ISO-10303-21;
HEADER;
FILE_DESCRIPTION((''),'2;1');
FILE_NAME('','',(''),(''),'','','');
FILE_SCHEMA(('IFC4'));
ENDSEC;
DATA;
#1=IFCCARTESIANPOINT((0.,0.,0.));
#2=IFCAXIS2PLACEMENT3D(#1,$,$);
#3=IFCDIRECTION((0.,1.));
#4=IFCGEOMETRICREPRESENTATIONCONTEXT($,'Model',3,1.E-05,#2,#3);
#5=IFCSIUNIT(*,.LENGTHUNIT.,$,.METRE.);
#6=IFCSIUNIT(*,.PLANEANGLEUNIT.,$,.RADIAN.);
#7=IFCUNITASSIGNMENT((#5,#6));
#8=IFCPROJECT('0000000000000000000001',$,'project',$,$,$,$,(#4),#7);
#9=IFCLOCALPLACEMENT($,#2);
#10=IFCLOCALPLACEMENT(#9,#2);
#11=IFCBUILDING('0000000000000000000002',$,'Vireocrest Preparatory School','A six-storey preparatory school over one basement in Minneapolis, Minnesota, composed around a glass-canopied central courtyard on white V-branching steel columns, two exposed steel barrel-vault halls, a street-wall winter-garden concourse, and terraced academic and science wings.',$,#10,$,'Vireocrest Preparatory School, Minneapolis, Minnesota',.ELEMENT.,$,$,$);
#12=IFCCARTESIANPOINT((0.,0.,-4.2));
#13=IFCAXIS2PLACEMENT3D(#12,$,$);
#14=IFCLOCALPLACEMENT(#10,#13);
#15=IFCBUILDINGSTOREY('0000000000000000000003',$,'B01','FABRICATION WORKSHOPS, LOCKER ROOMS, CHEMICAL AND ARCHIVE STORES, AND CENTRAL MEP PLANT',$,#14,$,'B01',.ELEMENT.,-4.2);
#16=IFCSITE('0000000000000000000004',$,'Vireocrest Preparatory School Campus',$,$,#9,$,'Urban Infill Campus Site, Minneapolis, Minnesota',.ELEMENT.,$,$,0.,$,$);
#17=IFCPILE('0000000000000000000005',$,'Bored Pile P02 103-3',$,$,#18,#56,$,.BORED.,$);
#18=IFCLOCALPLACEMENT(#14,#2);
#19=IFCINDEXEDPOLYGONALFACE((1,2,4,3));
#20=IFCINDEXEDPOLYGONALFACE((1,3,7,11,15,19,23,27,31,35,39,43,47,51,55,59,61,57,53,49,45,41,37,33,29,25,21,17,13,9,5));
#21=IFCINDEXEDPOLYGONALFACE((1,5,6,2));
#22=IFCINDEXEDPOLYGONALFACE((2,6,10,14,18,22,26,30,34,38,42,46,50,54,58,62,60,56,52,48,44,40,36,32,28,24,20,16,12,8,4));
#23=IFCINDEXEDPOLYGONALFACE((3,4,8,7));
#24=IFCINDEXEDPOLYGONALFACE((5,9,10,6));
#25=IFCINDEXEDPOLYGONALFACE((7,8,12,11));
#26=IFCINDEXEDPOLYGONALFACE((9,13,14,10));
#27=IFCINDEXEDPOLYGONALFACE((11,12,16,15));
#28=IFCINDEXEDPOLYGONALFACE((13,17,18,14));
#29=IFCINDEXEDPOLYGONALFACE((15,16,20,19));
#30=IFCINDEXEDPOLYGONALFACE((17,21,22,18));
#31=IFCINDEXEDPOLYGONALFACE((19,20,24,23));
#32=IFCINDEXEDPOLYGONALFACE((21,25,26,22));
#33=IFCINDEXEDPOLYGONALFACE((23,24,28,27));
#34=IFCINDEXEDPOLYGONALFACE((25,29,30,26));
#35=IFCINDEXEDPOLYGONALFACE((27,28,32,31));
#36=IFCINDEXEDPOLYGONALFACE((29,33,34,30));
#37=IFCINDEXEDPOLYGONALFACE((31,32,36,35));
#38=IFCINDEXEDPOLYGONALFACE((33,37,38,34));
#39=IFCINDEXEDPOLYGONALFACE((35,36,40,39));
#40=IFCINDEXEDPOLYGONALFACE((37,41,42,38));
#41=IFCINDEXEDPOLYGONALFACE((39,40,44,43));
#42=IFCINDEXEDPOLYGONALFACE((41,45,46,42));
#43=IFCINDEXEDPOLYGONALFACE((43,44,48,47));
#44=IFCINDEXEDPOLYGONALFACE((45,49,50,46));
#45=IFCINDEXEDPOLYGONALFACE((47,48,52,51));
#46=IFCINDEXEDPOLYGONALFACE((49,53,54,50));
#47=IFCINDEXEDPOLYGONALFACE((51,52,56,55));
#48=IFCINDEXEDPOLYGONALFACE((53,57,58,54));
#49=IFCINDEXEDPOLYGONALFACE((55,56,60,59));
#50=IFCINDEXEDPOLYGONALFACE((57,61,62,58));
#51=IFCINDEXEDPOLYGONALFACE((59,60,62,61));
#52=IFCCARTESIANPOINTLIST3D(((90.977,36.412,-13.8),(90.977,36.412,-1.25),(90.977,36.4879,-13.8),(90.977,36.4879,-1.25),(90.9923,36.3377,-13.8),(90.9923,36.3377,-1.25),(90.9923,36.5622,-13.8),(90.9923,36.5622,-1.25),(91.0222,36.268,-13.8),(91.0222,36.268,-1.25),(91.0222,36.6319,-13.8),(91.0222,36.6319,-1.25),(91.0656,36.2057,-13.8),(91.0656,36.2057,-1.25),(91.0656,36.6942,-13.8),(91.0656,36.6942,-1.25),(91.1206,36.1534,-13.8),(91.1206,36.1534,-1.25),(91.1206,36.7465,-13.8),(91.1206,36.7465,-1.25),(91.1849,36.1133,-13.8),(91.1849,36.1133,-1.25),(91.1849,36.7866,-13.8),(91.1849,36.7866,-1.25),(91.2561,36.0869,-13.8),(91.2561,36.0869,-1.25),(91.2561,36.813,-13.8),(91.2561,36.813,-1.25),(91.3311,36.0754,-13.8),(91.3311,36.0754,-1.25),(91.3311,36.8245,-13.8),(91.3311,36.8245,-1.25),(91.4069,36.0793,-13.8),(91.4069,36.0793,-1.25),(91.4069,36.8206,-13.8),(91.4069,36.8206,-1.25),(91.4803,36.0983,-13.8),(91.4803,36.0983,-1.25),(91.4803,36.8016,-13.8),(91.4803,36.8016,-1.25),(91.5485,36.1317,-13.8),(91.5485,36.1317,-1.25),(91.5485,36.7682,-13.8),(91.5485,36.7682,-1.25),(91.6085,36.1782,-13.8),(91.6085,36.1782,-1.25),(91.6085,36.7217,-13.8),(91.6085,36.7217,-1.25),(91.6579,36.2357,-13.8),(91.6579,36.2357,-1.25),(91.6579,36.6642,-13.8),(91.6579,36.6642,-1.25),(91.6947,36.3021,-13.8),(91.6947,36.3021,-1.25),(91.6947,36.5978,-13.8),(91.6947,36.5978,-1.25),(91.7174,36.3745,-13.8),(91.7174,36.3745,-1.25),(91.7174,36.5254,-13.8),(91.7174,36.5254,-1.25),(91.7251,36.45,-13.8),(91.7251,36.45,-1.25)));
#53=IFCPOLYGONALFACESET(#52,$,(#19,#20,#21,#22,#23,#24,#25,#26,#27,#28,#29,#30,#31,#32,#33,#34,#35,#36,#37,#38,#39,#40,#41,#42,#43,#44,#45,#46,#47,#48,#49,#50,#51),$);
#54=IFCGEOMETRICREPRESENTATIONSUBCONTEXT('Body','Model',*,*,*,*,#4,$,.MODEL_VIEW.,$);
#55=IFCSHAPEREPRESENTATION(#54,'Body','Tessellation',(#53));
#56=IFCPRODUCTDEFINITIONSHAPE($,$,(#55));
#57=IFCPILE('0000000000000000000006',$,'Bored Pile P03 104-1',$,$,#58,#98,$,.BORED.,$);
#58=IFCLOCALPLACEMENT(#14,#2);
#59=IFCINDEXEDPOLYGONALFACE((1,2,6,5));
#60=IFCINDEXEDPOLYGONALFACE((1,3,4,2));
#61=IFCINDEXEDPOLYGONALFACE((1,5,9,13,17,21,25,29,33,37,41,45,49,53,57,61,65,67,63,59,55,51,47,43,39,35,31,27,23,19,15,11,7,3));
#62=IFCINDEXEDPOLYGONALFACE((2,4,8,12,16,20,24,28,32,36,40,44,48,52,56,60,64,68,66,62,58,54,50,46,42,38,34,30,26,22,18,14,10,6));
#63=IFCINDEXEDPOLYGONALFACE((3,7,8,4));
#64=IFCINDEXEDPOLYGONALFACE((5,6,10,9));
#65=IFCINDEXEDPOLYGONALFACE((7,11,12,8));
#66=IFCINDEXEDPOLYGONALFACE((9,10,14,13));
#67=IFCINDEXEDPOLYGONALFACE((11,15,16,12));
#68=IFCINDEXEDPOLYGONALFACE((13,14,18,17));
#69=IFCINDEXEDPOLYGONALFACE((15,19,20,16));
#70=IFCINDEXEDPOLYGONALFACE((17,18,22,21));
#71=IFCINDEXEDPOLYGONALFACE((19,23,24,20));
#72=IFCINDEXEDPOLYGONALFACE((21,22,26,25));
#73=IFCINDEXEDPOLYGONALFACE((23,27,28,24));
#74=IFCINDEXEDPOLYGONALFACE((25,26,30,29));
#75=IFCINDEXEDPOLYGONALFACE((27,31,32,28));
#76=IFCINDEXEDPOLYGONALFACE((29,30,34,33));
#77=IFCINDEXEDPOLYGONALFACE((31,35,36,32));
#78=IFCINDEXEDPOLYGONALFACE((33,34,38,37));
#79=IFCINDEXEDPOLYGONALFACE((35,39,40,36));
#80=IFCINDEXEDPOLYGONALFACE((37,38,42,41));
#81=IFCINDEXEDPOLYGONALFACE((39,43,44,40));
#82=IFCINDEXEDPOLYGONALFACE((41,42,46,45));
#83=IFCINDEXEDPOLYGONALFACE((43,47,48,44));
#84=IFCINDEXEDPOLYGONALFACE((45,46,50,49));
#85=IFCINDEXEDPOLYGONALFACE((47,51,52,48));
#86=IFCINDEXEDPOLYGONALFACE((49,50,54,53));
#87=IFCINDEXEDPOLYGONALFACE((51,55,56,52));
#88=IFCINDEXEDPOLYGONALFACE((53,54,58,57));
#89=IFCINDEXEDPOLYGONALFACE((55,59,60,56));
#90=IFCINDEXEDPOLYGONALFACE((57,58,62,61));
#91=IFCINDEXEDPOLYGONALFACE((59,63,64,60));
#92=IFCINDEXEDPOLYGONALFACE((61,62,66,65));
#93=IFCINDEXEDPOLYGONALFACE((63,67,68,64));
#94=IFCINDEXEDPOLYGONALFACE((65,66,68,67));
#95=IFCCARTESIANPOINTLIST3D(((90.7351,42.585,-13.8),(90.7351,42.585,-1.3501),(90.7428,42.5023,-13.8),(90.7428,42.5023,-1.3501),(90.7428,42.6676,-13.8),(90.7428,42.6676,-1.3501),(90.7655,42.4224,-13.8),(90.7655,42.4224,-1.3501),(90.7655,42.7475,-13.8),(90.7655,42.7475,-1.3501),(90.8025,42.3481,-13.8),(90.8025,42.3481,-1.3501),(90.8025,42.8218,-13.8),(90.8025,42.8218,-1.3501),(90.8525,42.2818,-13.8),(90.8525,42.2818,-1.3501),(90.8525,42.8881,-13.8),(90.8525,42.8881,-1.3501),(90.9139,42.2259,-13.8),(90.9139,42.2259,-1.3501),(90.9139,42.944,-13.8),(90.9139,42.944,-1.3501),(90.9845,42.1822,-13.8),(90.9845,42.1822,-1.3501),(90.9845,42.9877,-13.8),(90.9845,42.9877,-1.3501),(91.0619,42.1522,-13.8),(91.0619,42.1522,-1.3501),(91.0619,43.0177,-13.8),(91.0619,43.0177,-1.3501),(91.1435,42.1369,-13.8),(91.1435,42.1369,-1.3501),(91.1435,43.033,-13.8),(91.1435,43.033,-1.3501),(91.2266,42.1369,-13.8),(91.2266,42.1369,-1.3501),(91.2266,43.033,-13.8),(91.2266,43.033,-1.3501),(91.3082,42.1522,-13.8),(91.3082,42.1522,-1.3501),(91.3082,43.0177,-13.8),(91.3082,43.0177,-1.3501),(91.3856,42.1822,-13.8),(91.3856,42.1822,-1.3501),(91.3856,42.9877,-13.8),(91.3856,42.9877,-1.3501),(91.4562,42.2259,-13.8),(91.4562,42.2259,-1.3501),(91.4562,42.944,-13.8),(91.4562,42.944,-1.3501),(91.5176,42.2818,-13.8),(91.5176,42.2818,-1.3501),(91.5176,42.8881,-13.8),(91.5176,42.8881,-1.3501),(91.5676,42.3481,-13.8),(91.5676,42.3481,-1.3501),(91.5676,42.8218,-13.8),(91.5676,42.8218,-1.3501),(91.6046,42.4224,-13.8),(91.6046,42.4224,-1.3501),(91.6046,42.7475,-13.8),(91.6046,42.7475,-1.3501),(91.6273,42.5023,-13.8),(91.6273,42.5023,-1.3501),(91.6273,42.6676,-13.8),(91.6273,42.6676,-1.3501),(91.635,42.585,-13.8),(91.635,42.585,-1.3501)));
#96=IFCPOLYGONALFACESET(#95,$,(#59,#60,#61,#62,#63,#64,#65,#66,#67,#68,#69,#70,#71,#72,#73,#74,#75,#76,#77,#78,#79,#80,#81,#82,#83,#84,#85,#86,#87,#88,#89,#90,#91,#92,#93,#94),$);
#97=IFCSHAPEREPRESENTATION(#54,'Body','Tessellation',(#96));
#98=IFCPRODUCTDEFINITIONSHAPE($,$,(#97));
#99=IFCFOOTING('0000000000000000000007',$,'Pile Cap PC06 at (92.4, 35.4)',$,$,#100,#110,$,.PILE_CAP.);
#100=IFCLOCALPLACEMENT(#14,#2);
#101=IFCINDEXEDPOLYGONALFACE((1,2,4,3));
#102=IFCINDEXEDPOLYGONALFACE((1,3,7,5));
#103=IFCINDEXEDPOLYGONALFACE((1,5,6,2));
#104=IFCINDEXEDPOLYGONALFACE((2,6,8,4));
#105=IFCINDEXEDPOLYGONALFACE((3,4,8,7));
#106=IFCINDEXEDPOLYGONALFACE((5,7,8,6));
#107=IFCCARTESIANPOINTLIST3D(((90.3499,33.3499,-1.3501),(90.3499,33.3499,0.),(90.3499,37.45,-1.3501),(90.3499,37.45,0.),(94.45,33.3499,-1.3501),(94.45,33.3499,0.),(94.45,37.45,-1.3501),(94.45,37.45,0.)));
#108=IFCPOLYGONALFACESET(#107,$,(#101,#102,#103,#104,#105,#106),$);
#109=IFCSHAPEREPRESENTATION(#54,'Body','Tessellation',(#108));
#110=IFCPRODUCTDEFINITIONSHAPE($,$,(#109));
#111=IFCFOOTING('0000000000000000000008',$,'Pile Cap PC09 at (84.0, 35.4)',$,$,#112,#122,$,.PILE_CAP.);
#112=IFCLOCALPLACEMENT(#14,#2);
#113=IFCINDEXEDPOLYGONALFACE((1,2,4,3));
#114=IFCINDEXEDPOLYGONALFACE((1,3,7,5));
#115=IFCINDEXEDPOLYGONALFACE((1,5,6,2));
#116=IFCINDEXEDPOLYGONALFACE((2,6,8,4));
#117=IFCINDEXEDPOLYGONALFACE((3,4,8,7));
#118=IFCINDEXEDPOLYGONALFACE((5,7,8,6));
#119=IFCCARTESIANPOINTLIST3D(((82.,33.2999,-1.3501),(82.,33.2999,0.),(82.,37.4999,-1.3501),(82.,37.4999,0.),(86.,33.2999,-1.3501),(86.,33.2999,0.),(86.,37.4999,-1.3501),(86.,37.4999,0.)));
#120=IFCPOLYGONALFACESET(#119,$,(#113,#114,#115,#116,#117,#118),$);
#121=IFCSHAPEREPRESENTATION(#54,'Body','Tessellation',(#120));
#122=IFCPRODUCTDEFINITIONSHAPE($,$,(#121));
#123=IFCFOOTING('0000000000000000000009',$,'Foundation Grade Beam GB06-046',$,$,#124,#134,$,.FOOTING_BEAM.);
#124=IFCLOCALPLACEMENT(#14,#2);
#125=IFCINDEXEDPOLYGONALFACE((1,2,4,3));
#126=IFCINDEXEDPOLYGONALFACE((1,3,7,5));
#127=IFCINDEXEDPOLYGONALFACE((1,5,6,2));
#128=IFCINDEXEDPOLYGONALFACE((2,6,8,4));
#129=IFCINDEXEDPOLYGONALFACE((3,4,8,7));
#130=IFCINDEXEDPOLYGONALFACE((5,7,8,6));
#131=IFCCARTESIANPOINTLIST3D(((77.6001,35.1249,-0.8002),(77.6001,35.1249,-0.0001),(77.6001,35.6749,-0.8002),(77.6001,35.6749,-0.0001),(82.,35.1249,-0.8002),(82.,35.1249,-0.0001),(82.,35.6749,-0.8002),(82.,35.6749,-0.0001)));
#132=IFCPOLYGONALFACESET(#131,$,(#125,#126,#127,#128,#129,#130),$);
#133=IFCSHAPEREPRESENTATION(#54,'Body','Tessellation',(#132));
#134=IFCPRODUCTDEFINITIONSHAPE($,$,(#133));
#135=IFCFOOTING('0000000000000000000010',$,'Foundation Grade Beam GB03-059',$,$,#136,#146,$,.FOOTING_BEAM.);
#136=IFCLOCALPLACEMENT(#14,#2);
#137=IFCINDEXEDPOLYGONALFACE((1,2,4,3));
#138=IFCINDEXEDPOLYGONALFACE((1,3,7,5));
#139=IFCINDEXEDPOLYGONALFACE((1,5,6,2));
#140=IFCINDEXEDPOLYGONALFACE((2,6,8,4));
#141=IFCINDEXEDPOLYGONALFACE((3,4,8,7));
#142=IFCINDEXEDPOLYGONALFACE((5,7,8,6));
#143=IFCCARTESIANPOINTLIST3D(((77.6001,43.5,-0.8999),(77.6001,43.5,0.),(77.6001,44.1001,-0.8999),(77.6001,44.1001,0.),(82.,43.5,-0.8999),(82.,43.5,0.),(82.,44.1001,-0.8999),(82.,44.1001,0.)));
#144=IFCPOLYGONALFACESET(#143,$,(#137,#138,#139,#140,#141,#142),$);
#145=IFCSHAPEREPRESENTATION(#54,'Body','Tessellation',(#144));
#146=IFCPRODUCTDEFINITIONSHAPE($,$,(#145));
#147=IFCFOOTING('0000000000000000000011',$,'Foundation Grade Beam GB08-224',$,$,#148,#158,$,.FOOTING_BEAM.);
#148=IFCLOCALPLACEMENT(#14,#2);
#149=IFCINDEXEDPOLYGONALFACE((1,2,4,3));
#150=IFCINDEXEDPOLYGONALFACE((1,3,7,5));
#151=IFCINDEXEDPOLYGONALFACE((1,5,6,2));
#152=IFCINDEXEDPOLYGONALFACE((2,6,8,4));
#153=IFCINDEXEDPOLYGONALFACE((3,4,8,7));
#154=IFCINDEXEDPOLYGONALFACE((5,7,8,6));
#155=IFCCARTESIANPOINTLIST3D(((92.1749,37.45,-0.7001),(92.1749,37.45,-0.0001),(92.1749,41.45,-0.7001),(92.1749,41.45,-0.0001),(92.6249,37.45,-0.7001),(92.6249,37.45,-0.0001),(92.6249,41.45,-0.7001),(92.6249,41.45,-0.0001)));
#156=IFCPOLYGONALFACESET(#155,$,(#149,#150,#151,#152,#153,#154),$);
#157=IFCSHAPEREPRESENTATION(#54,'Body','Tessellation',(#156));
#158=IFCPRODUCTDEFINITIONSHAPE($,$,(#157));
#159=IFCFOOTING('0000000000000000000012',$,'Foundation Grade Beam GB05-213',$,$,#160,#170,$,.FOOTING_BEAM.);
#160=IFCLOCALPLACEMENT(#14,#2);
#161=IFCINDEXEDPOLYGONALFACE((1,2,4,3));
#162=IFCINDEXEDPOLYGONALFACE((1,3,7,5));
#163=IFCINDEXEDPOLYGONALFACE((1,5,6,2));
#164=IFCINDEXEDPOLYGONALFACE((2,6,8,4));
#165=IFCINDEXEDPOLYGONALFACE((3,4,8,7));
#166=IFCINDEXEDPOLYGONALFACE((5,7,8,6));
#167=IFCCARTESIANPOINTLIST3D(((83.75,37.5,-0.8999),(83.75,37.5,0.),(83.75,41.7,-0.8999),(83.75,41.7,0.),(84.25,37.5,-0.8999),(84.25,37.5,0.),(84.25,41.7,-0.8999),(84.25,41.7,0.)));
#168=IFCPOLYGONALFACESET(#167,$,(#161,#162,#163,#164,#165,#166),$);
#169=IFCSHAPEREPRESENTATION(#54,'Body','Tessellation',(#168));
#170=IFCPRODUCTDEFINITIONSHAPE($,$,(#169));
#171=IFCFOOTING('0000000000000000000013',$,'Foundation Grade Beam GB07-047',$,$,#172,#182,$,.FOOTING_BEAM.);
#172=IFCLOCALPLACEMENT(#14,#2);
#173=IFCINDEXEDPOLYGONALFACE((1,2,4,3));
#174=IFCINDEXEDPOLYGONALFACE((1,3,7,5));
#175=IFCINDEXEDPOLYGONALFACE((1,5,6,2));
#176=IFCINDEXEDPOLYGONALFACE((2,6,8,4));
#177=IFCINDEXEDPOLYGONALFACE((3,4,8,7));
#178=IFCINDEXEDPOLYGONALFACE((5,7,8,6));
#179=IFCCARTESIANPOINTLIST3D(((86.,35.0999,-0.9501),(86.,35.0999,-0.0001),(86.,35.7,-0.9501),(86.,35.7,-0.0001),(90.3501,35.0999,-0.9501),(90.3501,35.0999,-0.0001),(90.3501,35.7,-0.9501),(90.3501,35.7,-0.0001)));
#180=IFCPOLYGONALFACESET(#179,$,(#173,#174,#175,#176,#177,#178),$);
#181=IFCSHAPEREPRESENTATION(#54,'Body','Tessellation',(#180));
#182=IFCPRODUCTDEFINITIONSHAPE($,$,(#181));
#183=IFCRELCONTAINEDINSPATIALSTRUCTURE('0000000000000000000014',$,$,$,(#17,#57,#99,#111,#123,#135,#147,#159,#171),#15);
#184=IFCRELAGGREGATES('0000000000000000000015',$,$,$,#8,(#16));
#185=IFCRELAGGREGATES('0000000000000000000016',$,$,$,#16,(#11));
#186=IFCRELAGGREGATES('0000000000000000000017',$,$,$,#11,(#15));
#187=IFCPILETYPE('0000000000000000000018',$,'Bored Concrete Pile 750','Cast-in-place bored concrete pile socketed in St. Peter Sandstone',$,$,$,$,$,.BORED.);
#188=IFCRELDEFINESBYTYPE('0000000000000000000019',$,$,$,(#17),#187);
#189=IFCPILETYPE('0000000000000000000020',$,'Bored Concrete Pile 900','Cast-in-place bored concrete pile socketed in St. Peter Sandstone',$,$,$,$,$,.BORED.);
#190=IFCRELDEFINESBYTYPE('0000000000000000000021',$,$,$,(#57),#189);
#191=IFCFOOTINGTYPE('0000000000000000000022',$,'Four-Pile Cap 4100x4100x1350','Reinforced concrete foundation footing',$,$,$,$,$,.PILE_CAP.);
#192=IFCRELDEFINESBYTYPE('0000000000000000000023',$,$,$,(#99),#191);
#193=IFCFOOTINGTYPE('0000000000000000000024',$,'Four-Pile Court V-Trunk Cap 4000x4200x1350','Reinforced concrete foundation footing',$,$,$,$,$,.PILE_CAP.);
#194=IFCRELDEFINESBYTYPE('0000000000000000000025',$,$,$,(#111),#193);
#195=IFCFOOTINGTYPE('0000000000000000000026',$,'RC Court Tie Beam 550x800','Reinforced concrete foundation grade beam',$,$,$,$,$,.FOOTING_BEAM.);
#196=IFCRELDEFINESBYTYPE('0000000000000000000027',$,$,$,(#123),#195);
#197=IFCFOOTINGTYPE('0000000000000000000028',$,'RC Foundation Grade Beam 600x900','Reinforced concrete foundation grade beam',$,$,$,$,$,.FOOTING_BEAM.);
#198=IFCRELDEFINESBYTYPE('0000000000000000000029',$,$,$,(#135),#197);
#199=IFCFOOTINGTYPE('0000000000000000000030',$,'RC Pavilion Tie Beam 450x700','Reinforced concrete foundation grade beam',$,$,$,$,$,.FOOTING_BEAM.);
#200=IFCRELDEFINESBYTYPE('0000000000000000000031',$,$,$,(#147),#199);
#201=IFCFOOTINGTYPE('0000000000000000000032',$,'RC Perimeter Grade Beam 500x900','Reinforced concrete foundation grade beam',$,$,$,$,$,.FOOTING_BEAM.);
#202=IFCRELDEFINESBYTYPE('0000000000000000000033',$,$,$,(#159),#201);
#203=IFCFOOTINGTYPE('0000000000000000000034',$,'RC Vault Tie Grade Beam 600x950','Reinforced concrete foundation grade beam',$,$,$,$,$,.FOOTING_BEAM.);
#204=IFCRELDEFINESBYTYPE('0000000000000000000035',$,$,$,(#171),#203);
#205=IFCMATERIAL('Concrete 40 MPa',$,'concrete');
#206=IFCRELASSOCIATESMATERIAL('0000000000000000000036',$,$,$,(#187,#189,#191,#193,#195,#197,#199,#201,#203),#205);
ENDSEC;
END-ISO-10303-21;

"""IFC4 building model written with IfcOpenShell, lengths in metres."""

from ifc_helpers import new_model, si_unit, direction, frame, origin, origin_2d, place, context, subcontext, project, spatial, rectangle, circle, extrude, material, material_profile, profile_set, type_object, element, save


model = new_model("IFC4")

# Units and contexts
model_context = context("Model", 3, precision=1e-05, world=origin(), true_north=direction((0.0, 1.0)))
body_context = subcontext(model_context, "Body", "Model", "MODEL_VIEW")
ifc_project = project(units=[si_unit("LENGTHUNIT", "METRE"), si_unit("PLANEANGLEUNIT", "RADIAN")], contexts=[model_context])

# Site, building, storey
site_placement = place(None, origin())
site = spatial("IfcSite", under=ifc_project, at=site_placement, Name="Vireocrest Preparatory School Campus", LongName="Urban Infill Campus Site, Minneapolis, Minnesota", CompositionType="ELEMENT", RefElevation=0.0)
building_placement = place(site_placement, origin())
building = spatial("IfcBuilding", under=site, at=building_placement, Name="Vireocrest Preparatory School", Description="A six-storey preparatory school over one basement in Minneapolis, Minnesota, composed around a glass-canopied central courtyard on white V-branching steel columns, two exposed steel barrel-vault halls, a street-wall winter-garden concourse, and terraced academic and science wings.", LongName="Vireocrest Preparatory School, Minneapolis, Minnesota", CompositionType="ELEMENT")
storey_placement = place(building_placement, frame((0.0, 0.0, -4.2)))
storey = spatial("IfcBuildingStorey", under=building, at=storey_placement, Name="B01", Description="FABRICATION WORKSHOPS, LOCKER ROOMS, CHEMICAL AND ARCHIVE STORES, AND CENTRAL MEP PLANT", LongName="B01", CompositionType="ELEMENT", Elevation=-4.2)

# Piles
ifc_material_1 = material(Name="Concrete 40 MPa", Category="concrete")
ifc_material_profile_1 = material_profile(ifc_material_1, circle(Radius=0.375, at=origin_2d()), Name="BORED PILE 750")
ifc_profile_set_1 = profile_set([ifc_material_profile_1], Name="Concrete 40 MPa")
pile_type_1 = type_object("IfcPileType", Name="Bored Concrete Pile 750", Description="Cast-in-place bored concrete pile socketed in St. Peter Sandstone", PredefinedType="BORED", material=ifc_profile_set_1)
for number, where, z_axis, x_axis, name in (
    (1, (91.3501, 36.45, -1.25), (0.0, 0.0, -1.0), (1.0, 0.0, 0.0), "Bored Pile P02 103-3"),
):
    element("IfcPile", number, at=place(storey_placement, frame(where, z_axis=z_axis, x_axis=x_axis)), inside=storey, type_object=pile_type_1, Name=name, PredefinedType="BORED", context=body_context, shape_type="SweptSolid", body=[
        extrude(circle(Radius=0.375, at=origin_2d()), origin(), (0.0, 0.0, 1.0), 12.55),
    ])
ifc_material_profile_2 = material_profile(ifc_material_1, circle(Radius=0.45, at=origin_2d()), Name="BORED PILE 900")
ifc_profile_set_2 = profile_set([ifc_material_profile_2], Name="Concrete 40 MPa")
pile_type_2 = type_object("IfcPileType", Name="Bored Concrete Pile 900", Description="Cast-in-place bored concrete pile socketed in St. Peter Sandstone", PredefinedType="BORED", material=ifc_profile_set_2)
pile_placement = place(storey_placement, frame((91.1851, 42.585, -1.3501), z_axis=(0.0, 0.0, -1.0), x_axis=(1.0, 0.0, 0.0)))
element("IfcPile", 2, at=pile_placement, inside=storey, type_object=pile_type_2, Name="Bored Pile P03 104-1", PredefinedType="BORED", context=body_context, shape_type="SweptSolid", body=[
    extrude(circle(Radius=0.45, at=origin_2d()), origin(), (0.0, 0.0, 1.0), 12.45),
])

# Footings
footing_type_1 = type_object("IfcFootingType", Name="Four-Pile Cap 4100x4100x1350", Description="Reinforced concrete foundation footing", PredefinedType="PILE_CAP", material=ifc_material_1)
footing_1_placement = place(storey_placement, frame((92.3999, 35.3999, -1.3501), z_axis=(0.0, 0.0, 1.0), x_axis=(1.0, 0.0, 0.0)))
element("IfcFooting", 3, at=footing_1_placement, inside=storey, type_object=footing_type_1, Name="Pile Cap PC06 at (92.4, 35.4)", PredefinedType="PILE_CAP", context=body_context, shape_type="SweptSolid", body=[
    extrude(rectangle(XDim=4.1001, YDim=4.1001, at=origin_2d()), origin(), (0.0, 0.0, 1.0), 1.3501),
])
footing_type_2 = type_object("IfcFootingType", Name="Four-Pile Court V-Trunk Cap 4000x4200x1350", Description="Reinforced concrete foundation footing", PredefinedType="PILE_CAP", material=ifc_material_1)
footing_2_placement = place(storey_placement, frame((84.0, 35.3999, -1.3501), z_axis=(0.0, 0.0, 1.0), x_axis=(1.0, 0.0, 0.0)))
element("IfcFooting", 4, at=footing_2_placement, inside=storey, type_object=footing_type_2, Name="Pile Cap PC09 at (84.0, 35.4)", PredefinedType="PILE_CAP", context=body_context, shape_type="SweptSolid", body=[
    extrude(rectangle(XDim=4.0, YDim=4.2, at=origin_2d()), origin(), (0.0, 0.0, 1.0), 1.3501),
])
ifc_material_profile_3 = material_profile(ifc_material_1, rectangle(XDim=0.55, YDim=0.8, at=origin_2d()), Name="GB 550x800")
ifc_profile_set_3 = profile_set([ifc_material_profile_3], Name="Concrete 40 MPa")
footing_type_3 = type_object("IfcFootingType", Name="RC Court Tie Beam 550x800", Description="Reinforced concrete foundation grade beam", PredefinedType="FOOTING_BEAM", material=ifc_profile_set_3)
footing_3_placement = place(storey_placement, frame((77.6001, 35.3999, -0.4001), z_axis=(1.0, 0.0, 0.0), x_axis=(0.0, 1.0, 0.0)))
element("IfcFooting", 5, at=footing_3_placement, inside=storey, type_object=footing_type_3, Name="Foundation Grade Beam GB06-046", PredefinedType="FOOTING_BEAM", context=body_context, shape_type="SweptSolid", body=[
    extrude(rectangle(XDim=0.55, YDim=0.8, at=origin_2d()), origin(), (0.0, 0.0, 1.0), 4.3999),
])
ifc_material_profile_4 = material_profile(ifc_material_1, rectangle(XDim=0.6001, YDim=0.8999, at=origin_2d()), Name="GB 600x900")
ifc_profile_set_4 = profile_set([ifc_material_profile_4], Name="Concrete 40 MPa")
footing_type_4 = type_object("IfcFootingType", Name="RC Foundation Grade Beam 600x900", Description="Reinforced concrete foundation grade beam", PredefinedType="FOOTING_BEAM", material=ifc_profile_set_4)
footing_4_placement = place(storey_placement, frame((77.6001, 43.8, -0.45), z_axis=(1.0, 0.0, 0.0), x_axis=(0.0, 1.0, 0.0)))
element("IfcFooting", 6, at=footing_4_placement, inside=storey, type_object=footing_type_4, Name="Foundation Grade Beam GB03-059", PredefinedType="FOOTING_BEAM", context=body_context, shape_type="SweptSolid", body=[
    extrude(rectangle(XDim=0.6001, YDim=0.8999, at=origin_2d()), origin(), (0.0, 0.0, 1.0), 4.3999),
])
ifc_material_profile_5 = material_profile(ifc_material_1, rectangle(XDim=0.45, YDim=0.7, at=origin_2d()), Name="GB 450x700")
ifc_profile_set_5 = profile_set([ifc_material_profile_5], Name="Concrete 40 MPa")
footing_type_5 = type_object("IfcFootingType", Name="RC Pavilion Tie Beam 450x700", Description="Reinforced concrete foundation grade beam", PredefinedType="FOOTING_BEAM", material=ifc_profile_set_5)
footing_5_placement = place(storey_placement, frame((92.3999, 37.45, -0.3501), z_axis=(0.0, 1.0, 0.0), x_axis=(-1.0, 0.0, 0.0)))
element("IfcFooting", 7, at=footing_5_placement, inside=storey, type_object=footing_type_5, Name="Foundation Grade Beam GB08-224", PredefinedType="FOOTING_BEAM", context=body_context, shape_type="SweptSolid", body=[
    extrude(rectangle(XDim=0.45, YDim=0.7, at=origin_2d()), origin(), (0.0, 0.0, 1.0), 4.0),
])
ifc_material_profile_6 = material_profile(ifc_material_1, rectangle(XDim=0.5, YDim=0.8999, at=origin_2d()), Name="GB 500x900")
ifc_profile_set_6 = profile_set([ifc_material_profile_6], Name="Concrete 40 MPa")
footing_type_6 = type_object("IfcFootingType", Name="RC Perimeter Grade Beam 500x900", Description="Reinforced concrete foundation grade beam", PredefinedType="FOOTING_BEAM", material=ifc_profile_set_6)
footing_6_placement = place(storey_placement, frame((84.0, 37.5, -0.45), z_axis=(0.0, 1.0, 0.0), x_axis=(-1.0, 0.0, 0.0)))
element("IfcFooting", 8, at=footing_6_placement, inside=storey, type_object=footing_type_6, Name="Foundation Grade Beam GB05-213", PredefinedType="FOOTING_BEAM", context=body_context, shape_type="SweptSolid", body=[
    extrude(rectangle(XDim=0.5, YDim=0.8999, at=origin_2d()), origin(), (0.0, 0.0, 1.0), 4.2),
])
ifc_material_profile_7 = material_profile(ifc_material_1, rectangle(XDim=0.6001, YDim=0.95, at=origin_2d()), Name="GB 600x950")
ifc_profile_set_7 = profile_set([ifc_material_profile_7], Name="Concrete 40 MPa")
footing_type_7 = type_object("IfcFootingType", Name="RC Vault Tie Grade Beam 600x950", Description="Reinforced concrete foundation grade beam", PredefinedType="FOOTING_BEAM", material=ifc_profile_set_7)
footing_7_placement = place(storey_placement, frame((86.0, 35.3999, -0.4751), z_axis=(1.0, 0.0, 0.0), x_axis=(0.0, 1.0, 0.0)))
element("IfcFooting", 9, at=footing_7_placement, inside=storey, type_object=footing_type_7, Name="Foundation Grade Beam GB07-047", PredefinedType="FOOTING_BEAM", context=body_context, shape_type="SweptSolid", body=[
    extrude(rectangle(XDim=0.6001, YDim=0.95, at=origin_2d()), origin(), (0.0, 0.0, 1.0), 4.3501),
])

save(model, "model.ifc")
